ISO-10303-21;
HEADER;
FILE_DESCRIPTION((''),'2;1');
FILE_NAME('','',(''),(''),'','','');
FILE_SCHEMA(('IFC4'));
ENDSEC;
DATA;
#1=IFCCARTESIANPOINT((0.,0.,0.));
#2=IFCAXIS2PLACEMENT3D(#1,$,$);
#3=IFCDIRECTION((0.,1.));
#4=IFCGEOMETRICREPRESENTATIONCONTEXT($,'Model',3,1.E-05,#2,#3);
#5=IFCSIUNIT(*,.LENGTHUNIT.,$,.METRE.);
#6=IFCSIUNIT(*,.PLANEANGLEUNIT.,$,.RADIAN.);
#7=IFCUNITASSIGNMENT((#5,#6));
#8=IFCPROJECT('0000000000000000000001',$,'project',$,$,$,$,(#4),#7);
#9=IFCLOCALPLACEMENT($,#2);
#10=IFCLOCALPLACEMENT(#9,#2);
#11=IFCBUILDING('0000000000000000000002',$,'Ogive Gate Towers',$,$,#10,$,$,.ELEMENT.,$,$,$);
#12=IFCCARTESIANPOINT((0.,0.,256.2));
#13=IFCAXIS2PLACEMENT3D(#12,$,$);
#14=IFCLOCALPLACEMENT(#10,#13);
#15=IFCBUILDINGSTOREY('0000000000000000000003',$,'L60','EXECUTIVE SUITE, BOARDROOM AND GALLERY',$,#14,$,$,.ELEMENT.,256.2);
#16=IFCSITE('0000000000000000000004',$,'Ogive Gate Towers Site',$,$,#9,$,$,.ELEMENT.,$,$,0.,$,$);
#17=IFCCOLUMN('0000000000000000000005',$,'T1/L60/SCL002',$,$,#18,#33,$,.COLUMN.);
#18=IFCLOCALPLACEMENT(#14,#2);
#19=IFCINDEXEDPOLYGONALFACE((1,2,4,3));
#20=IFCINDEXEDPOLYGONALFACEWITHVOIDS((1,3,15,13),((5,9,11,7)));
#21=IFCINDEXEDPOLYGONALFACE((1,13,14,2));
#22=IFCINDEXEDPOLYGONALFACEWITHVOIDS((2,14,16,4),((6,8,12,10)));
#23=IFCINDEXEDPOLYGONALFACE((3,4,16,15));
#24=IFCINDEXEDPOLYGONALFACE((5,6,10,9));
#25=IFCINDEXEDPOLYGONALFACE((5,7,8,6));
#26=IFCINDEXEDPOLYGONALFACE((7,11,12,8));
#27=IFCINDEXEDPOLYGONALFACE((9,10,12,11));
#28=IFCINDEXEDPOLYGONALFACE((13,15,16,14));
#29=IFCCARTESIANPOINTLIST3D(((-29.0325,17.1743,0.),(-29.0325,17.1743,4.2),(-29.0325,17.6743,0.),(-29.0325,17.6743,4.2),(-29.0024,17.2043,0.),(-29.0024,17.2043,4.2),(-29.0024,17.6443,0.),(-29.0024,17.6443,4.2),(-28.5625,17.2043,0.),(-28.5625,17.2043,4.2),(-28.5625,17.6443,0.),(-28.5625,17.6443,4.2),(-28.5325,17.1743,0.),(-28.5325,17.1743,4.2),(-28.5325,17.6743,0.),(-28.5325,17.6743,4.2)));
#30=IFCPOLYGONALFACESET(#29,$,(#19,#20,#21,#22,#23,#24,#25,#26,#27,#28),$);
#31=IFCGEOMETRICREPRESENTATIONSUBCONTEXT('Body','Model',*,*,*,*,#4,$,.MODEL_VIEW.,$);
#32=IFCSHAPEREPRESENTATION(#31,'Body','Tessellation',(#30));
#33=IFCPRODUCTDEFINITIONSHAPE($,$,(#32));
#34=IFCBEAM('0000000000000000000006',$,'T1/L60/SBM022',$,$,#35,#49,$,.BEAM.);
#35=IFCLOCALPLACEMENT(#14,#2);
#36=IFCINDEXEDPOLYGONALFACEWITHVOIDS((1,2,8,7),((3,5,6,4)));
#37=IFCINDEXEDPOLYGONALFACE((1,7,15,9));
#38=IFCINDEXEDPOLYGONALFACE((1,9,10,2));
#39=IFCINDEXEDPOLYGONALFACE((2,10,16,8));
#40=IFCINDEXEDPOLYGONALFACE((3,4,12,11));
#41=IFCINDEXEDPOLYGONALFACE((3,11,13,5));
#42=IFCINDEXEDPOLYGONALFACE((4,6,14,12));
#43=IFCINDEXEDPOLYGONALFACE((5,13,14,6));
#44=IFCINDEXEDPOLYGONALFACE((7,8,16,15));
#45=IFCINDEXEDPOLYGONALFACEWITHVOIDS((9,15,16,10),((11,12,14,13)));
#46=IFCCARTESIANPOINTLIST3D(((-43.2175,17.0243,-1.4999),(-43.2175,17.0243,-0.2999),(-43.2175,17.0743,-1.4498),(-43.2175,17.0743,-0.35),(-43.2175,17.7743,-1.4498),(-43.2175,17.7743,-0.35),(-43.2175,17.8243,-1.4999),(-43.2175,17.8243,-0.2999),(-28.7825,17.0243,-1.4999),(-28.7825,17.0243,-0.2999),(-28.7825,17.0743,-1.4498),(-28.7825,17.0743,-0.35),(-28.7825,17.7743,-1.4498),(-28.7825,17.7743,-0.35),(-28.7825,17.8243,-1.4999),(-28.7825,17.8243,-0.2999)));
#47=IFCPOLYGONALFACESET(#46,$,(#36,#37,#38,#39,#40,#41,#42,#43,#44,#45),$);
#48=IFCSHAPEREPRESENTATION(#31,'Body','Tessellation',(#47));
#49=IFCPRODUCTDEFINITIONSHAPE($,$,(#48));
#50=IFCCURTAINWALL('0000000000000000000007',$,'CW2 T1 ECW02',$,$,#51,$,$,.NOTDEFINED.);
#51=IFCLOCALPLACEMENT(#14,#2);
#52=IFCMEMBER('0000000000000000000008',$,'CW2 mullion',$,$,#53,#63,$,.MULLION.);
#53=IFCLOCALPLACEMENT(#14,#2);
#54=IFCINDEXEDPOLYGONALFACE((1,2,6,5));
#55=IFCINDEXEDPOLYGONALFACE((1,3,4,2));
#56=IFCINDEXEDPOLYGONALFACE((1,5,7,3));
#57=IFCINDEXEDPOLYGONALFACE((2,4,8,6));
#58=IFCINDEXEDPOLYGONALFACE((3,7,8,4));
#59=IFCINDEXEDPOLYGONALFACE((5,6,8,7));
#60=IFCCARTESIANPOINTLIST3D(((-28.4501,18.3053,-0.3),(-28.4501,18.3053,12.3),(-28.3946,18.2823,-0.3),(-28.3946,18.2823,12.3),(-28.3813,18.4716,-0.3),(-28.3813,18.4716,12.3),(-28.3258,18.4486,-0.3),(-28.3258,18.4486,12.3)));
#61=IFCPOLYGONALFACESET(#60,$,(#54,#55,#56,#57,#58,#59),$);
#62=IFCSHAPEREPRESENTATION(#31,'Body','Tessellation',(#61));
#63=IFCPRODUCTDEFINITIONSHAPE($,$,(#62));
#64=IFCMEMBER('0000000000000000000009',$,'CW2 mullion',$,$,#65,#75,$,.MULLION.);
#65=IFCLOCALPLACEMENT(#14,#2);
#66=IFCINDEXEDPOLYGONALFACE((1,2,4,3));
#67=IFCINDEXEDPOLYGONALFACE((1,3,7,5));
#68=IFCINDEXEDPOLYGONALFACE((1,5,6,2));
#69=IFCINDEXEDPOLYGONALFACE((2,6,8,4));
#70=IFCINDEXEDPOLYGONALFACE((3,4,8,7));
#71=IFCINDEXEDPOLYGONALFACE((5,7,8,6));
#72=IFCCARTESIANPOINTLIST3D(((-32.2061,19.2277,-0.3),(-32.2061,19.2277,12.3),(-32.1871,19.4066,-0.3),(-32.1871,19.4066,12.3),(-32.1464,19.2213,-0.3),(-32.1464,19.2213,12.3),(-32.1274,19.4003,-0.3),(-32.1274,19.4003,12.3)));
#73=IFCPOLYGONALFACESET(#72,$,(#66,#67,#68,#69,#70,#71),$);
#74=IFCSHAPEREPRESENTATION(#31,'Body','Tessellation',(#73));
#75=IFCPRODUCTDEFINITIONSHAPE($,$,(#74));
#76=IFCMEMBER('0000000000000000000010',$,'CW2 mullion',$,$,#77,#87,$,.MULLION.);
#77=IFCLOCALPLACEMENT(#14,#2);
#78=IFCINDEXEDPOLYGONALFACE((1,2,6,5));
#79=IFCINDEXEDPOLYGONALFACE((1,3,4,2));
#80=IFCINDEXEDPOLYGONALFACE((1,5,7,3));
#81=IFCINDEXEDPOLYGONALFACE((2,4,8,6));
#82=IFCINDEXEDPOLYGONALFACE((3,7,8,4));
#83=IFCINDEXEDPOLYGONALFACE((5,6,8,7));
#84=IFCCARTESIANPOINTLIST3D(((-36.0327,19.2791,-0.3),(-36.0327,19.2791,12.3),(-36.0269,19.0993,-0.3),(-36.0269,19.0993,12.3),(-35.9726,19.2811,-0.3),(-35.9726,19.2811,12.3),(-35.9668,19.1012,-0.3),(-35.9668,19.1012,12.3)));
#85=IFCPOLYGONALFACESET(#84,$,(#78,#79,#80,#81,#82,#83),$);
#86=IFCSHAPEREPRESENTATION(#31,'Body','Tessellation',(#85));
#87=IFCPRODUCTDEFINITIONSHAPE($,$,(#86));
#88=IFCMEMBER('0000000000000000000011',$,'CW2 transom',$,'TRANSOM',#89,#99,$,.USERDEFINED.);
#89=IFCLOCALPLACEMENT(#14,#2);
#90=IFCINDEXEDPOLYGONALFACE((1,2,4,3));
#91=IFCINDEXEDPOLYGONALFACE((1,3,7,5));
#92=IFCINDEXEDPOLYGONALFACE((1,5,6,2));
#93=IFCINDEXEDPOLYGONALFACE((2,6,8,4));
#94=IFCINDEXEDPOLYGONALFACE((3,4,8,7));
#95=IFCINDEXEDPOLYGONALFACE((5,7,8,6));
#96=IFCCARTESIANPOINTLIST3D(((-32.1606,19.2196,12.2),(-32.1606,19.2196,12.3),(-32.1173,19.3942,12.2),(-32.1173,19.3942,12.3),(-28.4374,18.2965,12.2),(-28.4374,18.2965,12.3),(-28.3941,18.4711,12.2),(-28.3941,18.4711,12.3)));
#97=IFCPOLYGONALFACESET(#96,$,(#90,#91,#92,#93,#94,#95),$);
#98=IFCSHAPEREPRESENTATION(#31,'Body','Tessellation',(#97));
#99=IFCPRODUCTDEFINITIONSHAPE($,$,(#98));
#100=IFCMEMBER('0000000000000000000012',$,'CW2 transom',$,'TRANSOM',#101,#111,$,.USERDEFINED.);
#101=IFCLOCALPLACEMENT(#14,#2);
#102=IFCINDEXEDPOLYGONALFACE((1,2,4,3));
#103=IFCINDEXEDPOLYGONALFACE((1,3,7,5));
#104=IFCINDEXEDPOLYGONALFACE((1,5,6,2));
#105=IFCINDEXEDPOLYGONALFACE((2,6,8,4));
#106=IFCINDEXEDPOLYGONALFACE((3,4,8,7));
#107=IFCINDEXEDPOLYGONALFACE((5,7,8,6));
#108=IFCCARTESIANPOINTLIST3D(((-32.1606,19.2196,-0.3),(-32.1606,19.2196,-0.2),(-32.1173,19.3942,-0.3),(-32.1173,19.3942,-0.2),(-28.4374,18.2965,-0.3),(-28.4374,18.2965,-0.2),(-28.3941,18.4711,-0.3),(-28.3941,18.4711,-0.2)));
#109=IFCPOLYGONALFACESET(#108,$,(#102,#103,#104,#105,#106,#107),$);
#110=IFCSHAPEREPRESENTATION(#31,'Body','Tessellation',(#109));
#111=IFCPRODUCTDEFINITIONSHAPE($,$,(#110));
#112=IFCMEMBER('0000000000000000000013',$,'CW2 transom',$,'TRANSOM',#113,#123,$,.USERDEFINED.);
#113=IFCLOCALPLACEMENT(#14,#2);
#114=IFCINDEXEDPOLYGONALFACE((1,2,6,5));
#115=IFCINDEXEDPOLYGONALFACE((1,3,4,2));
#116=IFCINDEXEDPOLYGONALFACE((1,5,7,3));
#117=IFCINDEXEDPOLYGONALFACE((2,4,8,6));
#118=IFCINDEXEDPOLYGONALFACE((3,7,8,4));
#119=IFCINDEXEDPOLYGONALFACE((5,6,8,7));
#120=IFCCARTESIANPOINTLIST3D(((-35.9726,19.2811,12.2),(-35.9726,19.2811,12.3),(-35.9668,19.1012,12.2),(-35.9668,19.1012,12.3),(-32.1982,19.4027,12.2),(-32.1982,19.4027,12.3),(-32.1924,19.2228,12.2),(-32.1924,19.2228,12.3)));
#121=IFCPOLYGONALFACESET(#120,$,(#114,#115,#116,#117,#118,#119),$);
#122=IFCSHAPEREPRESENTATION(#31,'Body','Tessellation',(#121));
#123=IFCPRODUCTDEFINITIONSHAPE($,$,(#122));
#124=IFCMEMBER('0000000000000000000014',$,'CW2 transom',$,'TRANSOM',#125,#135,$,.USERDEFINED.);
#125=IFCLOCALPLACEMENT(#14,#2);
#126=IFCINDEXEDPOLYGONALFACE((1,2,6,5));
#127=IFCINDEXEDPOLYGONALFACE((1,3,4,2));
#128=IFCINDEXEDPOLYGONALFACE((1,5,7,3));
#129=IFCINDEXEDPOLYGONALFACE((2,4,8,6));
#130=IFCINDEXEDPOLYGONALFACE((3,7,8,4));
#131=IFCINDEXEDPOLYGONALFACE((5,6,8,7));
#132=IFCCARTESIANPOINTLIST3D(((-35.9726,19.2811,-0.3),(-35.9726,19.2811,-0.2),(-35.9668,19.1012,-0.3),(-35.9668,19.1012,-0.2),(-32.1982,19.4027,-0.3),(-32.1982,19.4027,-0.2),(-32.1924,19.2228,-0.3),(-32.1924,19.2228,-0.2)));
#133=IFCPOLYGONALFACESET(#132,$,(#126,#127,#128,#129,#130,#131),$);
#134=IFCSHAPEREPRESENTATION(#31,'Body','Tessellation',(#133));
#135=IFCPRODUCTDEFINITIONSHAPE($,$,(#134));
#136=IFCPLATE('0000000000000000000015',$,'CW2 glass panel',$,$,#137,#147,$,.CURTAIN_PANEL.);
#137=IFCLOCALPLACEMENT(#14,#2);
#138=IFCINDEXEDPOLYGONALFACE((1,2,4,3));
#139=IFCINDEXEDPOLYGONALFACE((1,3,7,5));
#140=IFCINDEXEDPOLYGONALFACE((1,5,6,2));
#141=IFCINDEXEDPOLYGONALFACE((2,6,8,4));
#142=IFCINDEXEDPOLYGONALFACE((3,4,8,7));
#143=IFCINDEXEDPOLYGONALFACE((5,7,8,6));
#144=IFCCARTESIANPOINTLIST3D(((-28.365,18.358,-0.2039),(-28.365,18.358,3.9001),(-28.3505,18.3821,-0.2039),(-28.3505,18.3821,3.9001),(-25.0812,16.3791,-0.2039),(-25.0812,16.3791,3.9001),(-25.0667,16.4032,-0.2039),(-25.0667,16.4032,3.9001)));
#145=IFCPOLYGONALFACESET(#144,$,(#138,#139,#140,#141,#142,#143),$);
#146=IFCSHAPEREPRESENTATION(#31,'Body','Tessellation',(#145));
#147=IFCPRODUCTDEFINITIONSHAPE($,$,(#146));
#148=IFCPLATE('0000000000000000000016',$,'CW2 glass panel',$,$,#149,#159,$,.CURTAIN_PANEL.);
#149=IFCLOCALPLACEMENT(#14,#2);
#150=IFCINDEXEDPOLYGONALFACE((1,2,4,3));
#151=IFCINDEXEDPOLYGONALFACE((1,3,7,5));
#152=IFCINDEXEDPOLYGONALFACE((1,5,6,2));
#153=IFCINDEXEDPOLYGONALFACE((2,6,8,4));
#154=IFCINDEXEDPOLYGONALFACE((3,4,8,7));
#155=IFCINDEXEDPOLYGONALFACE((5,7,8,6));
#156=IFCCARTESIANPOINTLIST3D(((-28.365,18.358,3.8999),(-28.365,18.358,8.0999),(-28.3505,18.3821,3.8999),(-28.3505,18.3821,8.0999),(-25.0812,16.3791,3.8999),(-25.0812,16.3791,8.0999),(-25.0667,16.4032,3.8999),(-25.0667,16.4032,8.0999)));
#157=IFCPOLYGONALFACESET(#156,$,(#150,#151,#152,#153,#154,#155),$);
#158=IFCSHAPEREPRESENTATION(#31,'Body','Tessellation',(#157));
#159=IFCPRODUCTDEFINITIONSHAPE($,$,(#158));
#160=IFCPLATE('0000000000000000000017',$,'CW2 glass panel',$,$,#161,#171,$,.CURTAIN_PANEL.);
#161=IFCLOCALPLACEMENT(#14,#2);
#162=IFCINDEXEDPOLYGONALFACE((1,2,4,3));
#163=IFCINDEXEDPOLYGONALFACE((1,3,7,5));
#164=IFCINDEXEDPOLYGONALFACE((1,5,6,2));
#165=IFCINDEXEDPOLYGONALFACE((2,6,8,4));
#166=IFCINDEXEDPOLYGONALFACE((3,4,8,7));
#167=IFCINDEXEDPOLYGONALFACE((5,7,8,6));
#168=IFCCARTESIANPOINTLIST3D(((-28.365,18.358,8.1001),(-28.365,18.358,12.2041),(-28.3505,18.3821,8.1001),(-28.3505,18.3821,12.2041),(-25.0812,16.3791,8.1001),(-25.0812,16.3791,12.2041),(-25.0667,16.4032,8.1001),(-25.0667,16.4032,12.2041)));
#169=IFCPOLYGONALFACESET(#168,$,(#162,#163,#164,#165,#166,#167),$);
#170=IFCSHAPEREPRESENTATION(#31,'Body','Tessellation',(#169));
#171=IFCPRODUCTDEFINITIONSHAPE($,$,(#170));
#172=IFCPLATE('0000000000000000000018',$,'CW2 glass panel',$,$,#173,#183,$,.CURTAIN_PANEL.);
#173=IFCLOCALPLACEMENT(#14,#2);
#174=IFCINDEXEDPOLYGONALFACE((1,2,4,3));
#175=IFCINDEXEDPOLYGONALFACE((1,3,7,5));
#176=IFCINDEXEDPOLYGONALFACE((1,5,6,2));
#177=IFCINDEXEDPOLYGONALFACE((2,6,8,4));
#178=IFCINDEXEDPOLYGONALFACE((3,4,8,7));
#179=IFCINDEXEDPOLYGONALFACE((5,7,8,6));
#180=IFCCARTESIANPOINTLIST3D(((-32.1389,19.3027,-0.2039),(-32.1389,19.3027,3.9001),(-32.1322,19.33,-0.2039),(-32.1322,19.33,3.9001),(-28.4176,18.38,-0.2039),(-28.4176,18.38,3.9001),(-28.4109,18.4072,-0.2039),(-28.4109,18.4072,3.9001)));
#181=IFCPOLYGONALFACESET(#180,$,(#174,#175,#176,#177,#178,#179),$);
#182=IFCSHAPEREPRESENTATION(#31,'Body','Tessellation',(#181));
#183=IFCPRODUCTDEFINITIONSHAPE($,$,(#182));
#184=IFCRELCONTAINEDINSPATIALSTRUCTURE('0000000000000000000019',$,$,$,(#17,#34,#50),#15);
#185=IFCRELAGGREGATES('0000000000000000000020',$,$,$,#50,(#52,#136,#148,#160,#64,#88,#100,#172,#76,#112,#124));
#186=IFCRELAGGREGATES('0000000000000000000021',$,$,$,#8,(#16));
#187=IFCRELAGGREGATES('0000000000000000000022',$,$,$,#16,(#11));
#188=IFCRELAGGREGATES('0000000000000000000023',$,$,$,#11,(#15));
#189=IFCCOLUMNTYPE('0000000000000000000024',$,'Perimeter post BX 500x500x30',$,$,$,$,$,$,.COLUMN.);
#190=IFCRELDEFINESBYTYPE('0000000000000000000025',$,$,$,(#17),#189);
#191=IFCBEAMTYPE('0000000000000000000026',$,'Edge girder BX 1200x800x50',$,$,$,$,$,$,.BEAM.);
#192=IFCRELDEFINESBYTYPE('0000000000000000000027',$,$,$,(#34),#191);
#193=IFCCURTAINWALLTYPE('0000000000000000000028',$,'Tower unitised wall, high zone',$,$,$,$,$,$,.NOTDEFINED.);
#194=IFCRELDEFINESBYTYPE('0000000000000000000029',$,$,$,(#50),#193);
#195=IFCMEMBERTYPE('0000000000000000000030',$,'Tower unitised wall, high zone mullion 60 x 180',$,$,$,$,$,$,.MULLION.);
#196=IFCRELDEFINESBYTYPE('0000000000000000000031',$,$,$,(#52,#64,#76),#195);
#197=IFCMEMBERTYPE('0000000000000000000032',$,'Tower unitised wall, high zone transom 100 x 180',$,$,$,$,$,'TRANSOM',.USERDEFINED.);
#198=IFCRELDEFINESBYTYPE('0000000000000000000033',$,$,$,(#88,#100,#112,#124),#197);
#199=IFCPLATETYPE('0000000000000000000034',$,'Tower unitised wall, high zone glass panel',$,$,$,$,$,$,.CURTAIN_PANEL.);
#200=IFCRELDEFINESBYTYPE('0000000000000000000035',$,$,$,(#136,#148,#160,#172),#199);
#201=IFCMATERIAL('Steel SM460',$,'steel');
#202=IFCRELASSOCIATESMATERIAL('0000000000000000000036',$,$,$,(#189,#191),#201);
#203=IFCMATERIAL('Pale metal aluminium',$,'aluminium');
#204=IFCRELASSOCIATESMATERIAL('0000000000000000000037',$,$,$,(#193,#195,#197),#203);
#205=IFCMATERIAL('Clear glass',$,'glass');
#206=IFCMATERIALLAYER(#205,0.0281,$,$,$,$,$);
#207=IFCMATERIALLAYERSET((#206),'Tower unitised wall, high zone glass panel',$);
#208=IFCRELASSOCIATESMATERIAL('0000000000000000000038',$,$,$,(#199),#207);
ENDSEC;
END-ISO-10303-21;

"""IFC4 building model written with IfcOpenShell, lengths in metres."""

from ifc_helpers import new_model, si_unit, direction, frame, origin, origin_2d, place, context, subcontext, project, spatial, rectangle, hollow_rectangle, extrude, material, layer, layer_set, material_profile, profile_set, type_object, element, aggregate, save


model = new_model("IFC4")

# Units and contexts
model_context = context("Model", 3, precision=1e-05, world=origin(), true_north=direction((0.0, 1.0)))
body_context = subcontext(model_context, "Body", "Model", "MODEL_VIEW")
ifc_project = project(units=[si_unit("LENGTHUNIT", "METRE"), si_unit("PLANEANGLEUNIT", "RADIAN")], contexts=[model_context])

# Site, building, storey
site_placement = place(None, origin())
site = spatial("IfcSite", under=ifc_project, at=site_placement, Name="Ogive Gate Towers Site", CompositionType="ELEMENT", RefElevation=0.0)
building_placement = place(site_placement, origin())
building = spatial("IfcBuilding", under=site, at=building_placement, Name="Ogive Gate Towers", CompositionType="ELEMENT")
storey_placement = place(building_placement, frame((0.0, 0.0, 256.2)))
storey = spatial("IfcBuildingStorey", under=building, at=storey_placement, Name="L60", Description="EXECUTIVE SUITE, BOARDROOM AND GALLERY", CompositionType="ELEMENT", Elevation=256.2)

# Column
ifc_material_1 = material(Name="Steel SM460", Category="steel")
ifc_material_profile_1 = material_profile(ifc_material_1, hollow_rectangle(XDim=0.5, YDim=0.5, WallThickness=0.03, at=origin_2d()), Name="BX 500x500x30")
ifc_profile_set_1 = profile_set([ifc_material_profile_1], Name="Steel SM460")
column_type = type_object("IfcColumnType", Name="Perimeter post BX 500x500x30", PredefinedType="COLUMN", material=ifc_profile_set_1)
column_placement = place(storey_placement, frame((-28.7825, 17.4243, 0.0), z_axis=(0.0, 0.0, 1.0), x_axis=(1.0, 0.0, 0.0)))
element("IfcColumn", 1, at=column_placement, inside=storey, type_object=column_type, Name="T1/L60/SCL002", PredefinedType="COLUMN", context=body_context, shape_type="SweptSolid", body=[
    extrude(hollow_rectangle(XDim=0.5, YDim=0.5, WallThickness=0.03, at=origin_2d()), origin(), (0.0, 0.0, 1.0), 4.2),
])

# Beam
ifc_material_profile_2 = material_profile(ifc_material_1, hollow_rectangle(XDim=0.8, YDim=1.2, WallThickness=0.05, at=origin_2d()), Name="BX 1200x800x50")
ifc_profile_set_2 = profile_set([ifc_material_profile_2], Name="Steel SM460")
beam_type = type_object("IfcBeamType", Name="Edge girder BX 1200x800x50", PredefinedType="BEAM", material=ifc_profile_set_2)
beam_placement = place(storey_placement, frame((-28.7825, 17.4243, -0.8999), z_axis=(-1.0, 0.0, 0.0), x_axis=(0.0, -1.0, 0.0)))
element("IfcBeam", 2, at=beam_placement, inside=storey, type_object=beam_type, Name="T1/L60/SBM022", PredefinedType="BEAM", context=body_context, shape_type="SweptSolid", body=[
    extrude(hollow_rectangle(XDim=0.8, YDim=1.2, WallThickness=0.05, at=origin_2d()), origin(), (0.0, 0.0, 1.0), 14.4351),
])

# Curtain wall, members, plates
ifc_material_2 = material(Name="Pale metal aluminium", Category="aluminium")
curtain_wall_type = type_object("IfcCurtainWallType", Name="Tower unitised wall, high zone", PredefinedType="NOTDEFINED", material=ifc_material_2)
curtain_wall_placement = place(storey_placement, origin())
curtain_wall = element("IfcCurtainWall", 3, at=curtain_wall_placement, inside=storey, type_object=curtain_wall_type, Name="CW2 T1 ECW02", PredefinedType="NOTDEFINED")
ifc_material_profile_3 = material_profile(ifc_material_2, rectangle(XDim=0.1799, YDim=0.0601, at=origin_2d()), Name="60 x 180 aluminium box")
ifc_profile_set_3 = profile_set([ifc_material_profile_3], Name="Pale metal aluminium")
member_type_1 = type_object("IfcMemberType", Name="Tower unitised wall, high zone mullion 60 x 180", PredefinedType="MULLION", material=ifc_profile_set_3)
member_1_placement = place(storey_placement, frame((-28.3879, 18.377, -0.3), z_axis=(0.0, 0.0, 1.0), x_axis=(0.382683, 0.92388, 0.0)))
member_1 = element("IfcMember", 4, at=member_1_placement, type_object=member_type_1, Name="CW2 mullion", PredefinedType="MULLION", context=body_context, shape_type="SweptSolid", body=[
    extrude(rectangle(XDim=0.1799, YDim=0.0601, at=origin_2d()), origin(), (0.0, 0.0, 1.0), 12.6001),
])
member_2_placement = place(storey_placement, frame((-32.1667, 19.314, -0.3), z_axis=(0.0, 0.0, 1.0), x_axis=(0.105205, 0.994451, 0.0)))
member_2 = element("IfcMember", 5, at=member_2_placement, type_object=member_type_1, Name="CW2 mullion", PredefinedType="MULLION", context=body_context, shape_type="SweptSolid", body=[
    extrude(rectangle(XDim=0.1799, YDim=0.0601, at=origin_2d()), origin(), (0.0, 0.0, 1.0), 12.6001),
])
member_3_placement = place(storey_placement, frame((-35.9998, 19.1902, -0.3), z_axis=(0.0, 0.0, 1.0), x_axis=(-0.032248, 0.99948, 0.0)))
member_3 = element("IfcMember", 6, at=member_3_placement, type_object=member_type_1, Name="CW2 mullion", PredefinedType="MULLION", context=body_context, shape_type="SweptSolid", body=[
    extrude(rectangle(XDim=0.1799, YDim=0.0601, at=origin_2d()), origin(), (0.0, 0.0, 1.0), 12.6001),
])
ifc_material_profile_4 = material_profile(ifc_material_2, rectangle(XDim=0.1799, YDim=0.1001, at=origin_2d()), Name="100 x 180 aluminium box")
ifc_profile_set_4 = profile_set([ifc_material_profile_4], Name="Pale metal aluminium")
member_type_2 = type_object("IfcMemberType", Name="Tower unitised wall, high zone transom 100 x 180", ElementType="TRANSOM", PredefinedType="USERDEFINED", material=ifc_profile_set_4)
member_4_placement = place(storey_placement, frame((-28.4158, 18.3838, 12.25), z_axis=(-0.970612, 0.240648, 0.0), x_axis=(-0.240648, -0.970612, 0.0)))
member_4 = element("IfcMember", 7, at=member_4_placement, type_object=member_type_2, Name="CW2 transom", ObjectType="TRANSOM", PredefinedType="USERDEFINED", context=body_context, shape_type="SweptSolid", body=[
    extrude(rectangle(XDim=0.1799, YDim=0.1001, at=origin_2d()), origin(), (0.0, 0.0, 1.0), 3.8359),
])
member_5_placement = place(storey_placement, frame((-28.4158, 18.3838, -0.25), z_axis=(-0.970612, 0.240648, 0.0), x_axis=(-0.240648, -0.970612, 0.0)))
member_5 = element("IfcMember", 8, at=member_5_placement, type_object=member_type_2, Name="CW2 transom", ObjectType="TRANSOM", PredefinedType="USERDEFINED", context=body_context, shape_type="SweptSolid", body=[
    extrude(rectangle(XDim=0.1799, YDim=0.1001, at=origin_2d()), origin(), (0.0, 0.0, 1.0), 3.8359),
])
member_6_placement = place(storey_placement, frame((-32.1953, 19.3127, 12.25), z_axis=(-0.999482, -0.032195, 0.0), x_axis=(0.032195, -0.999482, 0.0)))
member_6 = element("IfcMember", 9, at=member_6_placement, type_object=member_type_2, Name="CW2 transom", ObjectType="TRANSOM", PredefinedType="USERDEFINED", context=body_context, shape_type="SweptSolid", body=[
    extrude(rectangle(XDim=0.1799, YDim=0.1001, at=origin_2d()), origin(), (0.0, 0.0, 1.0), 3.7764),
])
member_7_placement = place(storey_placement, frame((-32.1953, 19.3127, -0.25), z_axis=(-0.999482, -0.032195, 0.0), x_axis=(0.032195, -0.999482, 0.0)))
member_7 = element("IfcMember", 10, at=member_7_placement, type_object=member_type_2, Name="CW2 transom", ObjectType="TRANSOM", PredefinedType="USERDEFINED", context=body_context, shape_type="SweptSolid", body=[
    extrude(rectangle(XDim=0.1799, YDim=0.1001, at=origin_2d()), origin(), (0.0, 0.0, 1.0), 3.7764),
])
ifc_material_3 = material(Name="Clear glass", Category="glass")
ifc_layer_1 = layer(ifc_material_3, 0.0281)
ifc_layer_set_1 = layer_set([ifc_layer_1], Name="Tower unitised wall, high zone glass panel")
plate_type = type_object("IfcPlateType", Name="Tower unitised wall, high zone glass panel", PredefinedType="CURTAIN_PANEL", material=ifc_layer_set_1)
plate_1_placement = place(storey_placement, frame((-26.7158, 17.3806, -0.2039), z_axis=(0.0, 0.0, 1.0), x_axis=(-0.856501, 0.516145, 0.0)))
plate_1 = element("IfcPlate", 11, at=plate_1_placement, type_object=plate_type, Name="CW2 glass panel", PredefinedType="CURTAIN_PANEL", context=body_context, shape_type="SweptSolid", body=[
    extrude(rectangle(XDim=3.834, YDim=0.0281, at=origin_2d()), origin(), (0.0, 0.0, 1.0), 4.104),
])
plate_2_placement = place(storey_placement, frame((-26.7158, 17.3806, 3.8999), z_axis=(0.0, 0.0, 1.0), x_axis=(-0.856501, 0.516145, 0.0)))
plate_2 = element("IfcPlate", 12, at=plate_2_placement, type_object=plate_type, Name="CW2 glass panel", PredefinedType="CURTAIN_PANEL", context=body_context, shape_type="SweptSolid", body=[
    extrude(rectangle(XDim=3.834, YDim=0.0281, at=origin_2d()), origin(), (0.0, 0.0, 1.0), 4.2),
])
plate_3_placement = place(storey_placement, frame((-26.7158, 17.3806, 8.1001), z_axis=(0.0, 0.0, 1.0), x_axis=(-0.856501, 0.516145, 0.0)))
plate_3 = element("IfcPlate", 13, at=plate_3_placement, type_object=plate_type, Name="CW2 glass panel", PredefinedType="CURTAIN_PANEL", context=body_context, shape_type="SweptSolid", body=[
    extrude(rectangle(XDim=3.834, YDim=0.0281, at=origin_2d()), origin(), (0.0, 0.0, 1.0), 4.104),
])
plate_4_placement = place(storey_placement, frame((-30.2749, 18.855, -0.2039), z_axis=(0.0, 0.0, 1.0), x_axis=(-0.970607, 0.240669, 0.0)))
plate_4 = element("IfcPlate", 14, at=plate_4_placement, type_object=plate_type, Name="CW2 glass panel", PredefinedType="CURTAIN_PANEL", context=body_context, shape_type="SweptSolid", body=[
    extrude(rectangle(XDim=3.834, YDim=0.0281, at=origin_2d()), origin(), (0.0, 0.0, 1.0), 4.104),
])
aggregate(curtain_wall, [member_1, plate_1, plate_2, plate_3, member_2, member_4, member_5, plate_4, member_3, member_6, member_7])

save(model, "model.ifc")
